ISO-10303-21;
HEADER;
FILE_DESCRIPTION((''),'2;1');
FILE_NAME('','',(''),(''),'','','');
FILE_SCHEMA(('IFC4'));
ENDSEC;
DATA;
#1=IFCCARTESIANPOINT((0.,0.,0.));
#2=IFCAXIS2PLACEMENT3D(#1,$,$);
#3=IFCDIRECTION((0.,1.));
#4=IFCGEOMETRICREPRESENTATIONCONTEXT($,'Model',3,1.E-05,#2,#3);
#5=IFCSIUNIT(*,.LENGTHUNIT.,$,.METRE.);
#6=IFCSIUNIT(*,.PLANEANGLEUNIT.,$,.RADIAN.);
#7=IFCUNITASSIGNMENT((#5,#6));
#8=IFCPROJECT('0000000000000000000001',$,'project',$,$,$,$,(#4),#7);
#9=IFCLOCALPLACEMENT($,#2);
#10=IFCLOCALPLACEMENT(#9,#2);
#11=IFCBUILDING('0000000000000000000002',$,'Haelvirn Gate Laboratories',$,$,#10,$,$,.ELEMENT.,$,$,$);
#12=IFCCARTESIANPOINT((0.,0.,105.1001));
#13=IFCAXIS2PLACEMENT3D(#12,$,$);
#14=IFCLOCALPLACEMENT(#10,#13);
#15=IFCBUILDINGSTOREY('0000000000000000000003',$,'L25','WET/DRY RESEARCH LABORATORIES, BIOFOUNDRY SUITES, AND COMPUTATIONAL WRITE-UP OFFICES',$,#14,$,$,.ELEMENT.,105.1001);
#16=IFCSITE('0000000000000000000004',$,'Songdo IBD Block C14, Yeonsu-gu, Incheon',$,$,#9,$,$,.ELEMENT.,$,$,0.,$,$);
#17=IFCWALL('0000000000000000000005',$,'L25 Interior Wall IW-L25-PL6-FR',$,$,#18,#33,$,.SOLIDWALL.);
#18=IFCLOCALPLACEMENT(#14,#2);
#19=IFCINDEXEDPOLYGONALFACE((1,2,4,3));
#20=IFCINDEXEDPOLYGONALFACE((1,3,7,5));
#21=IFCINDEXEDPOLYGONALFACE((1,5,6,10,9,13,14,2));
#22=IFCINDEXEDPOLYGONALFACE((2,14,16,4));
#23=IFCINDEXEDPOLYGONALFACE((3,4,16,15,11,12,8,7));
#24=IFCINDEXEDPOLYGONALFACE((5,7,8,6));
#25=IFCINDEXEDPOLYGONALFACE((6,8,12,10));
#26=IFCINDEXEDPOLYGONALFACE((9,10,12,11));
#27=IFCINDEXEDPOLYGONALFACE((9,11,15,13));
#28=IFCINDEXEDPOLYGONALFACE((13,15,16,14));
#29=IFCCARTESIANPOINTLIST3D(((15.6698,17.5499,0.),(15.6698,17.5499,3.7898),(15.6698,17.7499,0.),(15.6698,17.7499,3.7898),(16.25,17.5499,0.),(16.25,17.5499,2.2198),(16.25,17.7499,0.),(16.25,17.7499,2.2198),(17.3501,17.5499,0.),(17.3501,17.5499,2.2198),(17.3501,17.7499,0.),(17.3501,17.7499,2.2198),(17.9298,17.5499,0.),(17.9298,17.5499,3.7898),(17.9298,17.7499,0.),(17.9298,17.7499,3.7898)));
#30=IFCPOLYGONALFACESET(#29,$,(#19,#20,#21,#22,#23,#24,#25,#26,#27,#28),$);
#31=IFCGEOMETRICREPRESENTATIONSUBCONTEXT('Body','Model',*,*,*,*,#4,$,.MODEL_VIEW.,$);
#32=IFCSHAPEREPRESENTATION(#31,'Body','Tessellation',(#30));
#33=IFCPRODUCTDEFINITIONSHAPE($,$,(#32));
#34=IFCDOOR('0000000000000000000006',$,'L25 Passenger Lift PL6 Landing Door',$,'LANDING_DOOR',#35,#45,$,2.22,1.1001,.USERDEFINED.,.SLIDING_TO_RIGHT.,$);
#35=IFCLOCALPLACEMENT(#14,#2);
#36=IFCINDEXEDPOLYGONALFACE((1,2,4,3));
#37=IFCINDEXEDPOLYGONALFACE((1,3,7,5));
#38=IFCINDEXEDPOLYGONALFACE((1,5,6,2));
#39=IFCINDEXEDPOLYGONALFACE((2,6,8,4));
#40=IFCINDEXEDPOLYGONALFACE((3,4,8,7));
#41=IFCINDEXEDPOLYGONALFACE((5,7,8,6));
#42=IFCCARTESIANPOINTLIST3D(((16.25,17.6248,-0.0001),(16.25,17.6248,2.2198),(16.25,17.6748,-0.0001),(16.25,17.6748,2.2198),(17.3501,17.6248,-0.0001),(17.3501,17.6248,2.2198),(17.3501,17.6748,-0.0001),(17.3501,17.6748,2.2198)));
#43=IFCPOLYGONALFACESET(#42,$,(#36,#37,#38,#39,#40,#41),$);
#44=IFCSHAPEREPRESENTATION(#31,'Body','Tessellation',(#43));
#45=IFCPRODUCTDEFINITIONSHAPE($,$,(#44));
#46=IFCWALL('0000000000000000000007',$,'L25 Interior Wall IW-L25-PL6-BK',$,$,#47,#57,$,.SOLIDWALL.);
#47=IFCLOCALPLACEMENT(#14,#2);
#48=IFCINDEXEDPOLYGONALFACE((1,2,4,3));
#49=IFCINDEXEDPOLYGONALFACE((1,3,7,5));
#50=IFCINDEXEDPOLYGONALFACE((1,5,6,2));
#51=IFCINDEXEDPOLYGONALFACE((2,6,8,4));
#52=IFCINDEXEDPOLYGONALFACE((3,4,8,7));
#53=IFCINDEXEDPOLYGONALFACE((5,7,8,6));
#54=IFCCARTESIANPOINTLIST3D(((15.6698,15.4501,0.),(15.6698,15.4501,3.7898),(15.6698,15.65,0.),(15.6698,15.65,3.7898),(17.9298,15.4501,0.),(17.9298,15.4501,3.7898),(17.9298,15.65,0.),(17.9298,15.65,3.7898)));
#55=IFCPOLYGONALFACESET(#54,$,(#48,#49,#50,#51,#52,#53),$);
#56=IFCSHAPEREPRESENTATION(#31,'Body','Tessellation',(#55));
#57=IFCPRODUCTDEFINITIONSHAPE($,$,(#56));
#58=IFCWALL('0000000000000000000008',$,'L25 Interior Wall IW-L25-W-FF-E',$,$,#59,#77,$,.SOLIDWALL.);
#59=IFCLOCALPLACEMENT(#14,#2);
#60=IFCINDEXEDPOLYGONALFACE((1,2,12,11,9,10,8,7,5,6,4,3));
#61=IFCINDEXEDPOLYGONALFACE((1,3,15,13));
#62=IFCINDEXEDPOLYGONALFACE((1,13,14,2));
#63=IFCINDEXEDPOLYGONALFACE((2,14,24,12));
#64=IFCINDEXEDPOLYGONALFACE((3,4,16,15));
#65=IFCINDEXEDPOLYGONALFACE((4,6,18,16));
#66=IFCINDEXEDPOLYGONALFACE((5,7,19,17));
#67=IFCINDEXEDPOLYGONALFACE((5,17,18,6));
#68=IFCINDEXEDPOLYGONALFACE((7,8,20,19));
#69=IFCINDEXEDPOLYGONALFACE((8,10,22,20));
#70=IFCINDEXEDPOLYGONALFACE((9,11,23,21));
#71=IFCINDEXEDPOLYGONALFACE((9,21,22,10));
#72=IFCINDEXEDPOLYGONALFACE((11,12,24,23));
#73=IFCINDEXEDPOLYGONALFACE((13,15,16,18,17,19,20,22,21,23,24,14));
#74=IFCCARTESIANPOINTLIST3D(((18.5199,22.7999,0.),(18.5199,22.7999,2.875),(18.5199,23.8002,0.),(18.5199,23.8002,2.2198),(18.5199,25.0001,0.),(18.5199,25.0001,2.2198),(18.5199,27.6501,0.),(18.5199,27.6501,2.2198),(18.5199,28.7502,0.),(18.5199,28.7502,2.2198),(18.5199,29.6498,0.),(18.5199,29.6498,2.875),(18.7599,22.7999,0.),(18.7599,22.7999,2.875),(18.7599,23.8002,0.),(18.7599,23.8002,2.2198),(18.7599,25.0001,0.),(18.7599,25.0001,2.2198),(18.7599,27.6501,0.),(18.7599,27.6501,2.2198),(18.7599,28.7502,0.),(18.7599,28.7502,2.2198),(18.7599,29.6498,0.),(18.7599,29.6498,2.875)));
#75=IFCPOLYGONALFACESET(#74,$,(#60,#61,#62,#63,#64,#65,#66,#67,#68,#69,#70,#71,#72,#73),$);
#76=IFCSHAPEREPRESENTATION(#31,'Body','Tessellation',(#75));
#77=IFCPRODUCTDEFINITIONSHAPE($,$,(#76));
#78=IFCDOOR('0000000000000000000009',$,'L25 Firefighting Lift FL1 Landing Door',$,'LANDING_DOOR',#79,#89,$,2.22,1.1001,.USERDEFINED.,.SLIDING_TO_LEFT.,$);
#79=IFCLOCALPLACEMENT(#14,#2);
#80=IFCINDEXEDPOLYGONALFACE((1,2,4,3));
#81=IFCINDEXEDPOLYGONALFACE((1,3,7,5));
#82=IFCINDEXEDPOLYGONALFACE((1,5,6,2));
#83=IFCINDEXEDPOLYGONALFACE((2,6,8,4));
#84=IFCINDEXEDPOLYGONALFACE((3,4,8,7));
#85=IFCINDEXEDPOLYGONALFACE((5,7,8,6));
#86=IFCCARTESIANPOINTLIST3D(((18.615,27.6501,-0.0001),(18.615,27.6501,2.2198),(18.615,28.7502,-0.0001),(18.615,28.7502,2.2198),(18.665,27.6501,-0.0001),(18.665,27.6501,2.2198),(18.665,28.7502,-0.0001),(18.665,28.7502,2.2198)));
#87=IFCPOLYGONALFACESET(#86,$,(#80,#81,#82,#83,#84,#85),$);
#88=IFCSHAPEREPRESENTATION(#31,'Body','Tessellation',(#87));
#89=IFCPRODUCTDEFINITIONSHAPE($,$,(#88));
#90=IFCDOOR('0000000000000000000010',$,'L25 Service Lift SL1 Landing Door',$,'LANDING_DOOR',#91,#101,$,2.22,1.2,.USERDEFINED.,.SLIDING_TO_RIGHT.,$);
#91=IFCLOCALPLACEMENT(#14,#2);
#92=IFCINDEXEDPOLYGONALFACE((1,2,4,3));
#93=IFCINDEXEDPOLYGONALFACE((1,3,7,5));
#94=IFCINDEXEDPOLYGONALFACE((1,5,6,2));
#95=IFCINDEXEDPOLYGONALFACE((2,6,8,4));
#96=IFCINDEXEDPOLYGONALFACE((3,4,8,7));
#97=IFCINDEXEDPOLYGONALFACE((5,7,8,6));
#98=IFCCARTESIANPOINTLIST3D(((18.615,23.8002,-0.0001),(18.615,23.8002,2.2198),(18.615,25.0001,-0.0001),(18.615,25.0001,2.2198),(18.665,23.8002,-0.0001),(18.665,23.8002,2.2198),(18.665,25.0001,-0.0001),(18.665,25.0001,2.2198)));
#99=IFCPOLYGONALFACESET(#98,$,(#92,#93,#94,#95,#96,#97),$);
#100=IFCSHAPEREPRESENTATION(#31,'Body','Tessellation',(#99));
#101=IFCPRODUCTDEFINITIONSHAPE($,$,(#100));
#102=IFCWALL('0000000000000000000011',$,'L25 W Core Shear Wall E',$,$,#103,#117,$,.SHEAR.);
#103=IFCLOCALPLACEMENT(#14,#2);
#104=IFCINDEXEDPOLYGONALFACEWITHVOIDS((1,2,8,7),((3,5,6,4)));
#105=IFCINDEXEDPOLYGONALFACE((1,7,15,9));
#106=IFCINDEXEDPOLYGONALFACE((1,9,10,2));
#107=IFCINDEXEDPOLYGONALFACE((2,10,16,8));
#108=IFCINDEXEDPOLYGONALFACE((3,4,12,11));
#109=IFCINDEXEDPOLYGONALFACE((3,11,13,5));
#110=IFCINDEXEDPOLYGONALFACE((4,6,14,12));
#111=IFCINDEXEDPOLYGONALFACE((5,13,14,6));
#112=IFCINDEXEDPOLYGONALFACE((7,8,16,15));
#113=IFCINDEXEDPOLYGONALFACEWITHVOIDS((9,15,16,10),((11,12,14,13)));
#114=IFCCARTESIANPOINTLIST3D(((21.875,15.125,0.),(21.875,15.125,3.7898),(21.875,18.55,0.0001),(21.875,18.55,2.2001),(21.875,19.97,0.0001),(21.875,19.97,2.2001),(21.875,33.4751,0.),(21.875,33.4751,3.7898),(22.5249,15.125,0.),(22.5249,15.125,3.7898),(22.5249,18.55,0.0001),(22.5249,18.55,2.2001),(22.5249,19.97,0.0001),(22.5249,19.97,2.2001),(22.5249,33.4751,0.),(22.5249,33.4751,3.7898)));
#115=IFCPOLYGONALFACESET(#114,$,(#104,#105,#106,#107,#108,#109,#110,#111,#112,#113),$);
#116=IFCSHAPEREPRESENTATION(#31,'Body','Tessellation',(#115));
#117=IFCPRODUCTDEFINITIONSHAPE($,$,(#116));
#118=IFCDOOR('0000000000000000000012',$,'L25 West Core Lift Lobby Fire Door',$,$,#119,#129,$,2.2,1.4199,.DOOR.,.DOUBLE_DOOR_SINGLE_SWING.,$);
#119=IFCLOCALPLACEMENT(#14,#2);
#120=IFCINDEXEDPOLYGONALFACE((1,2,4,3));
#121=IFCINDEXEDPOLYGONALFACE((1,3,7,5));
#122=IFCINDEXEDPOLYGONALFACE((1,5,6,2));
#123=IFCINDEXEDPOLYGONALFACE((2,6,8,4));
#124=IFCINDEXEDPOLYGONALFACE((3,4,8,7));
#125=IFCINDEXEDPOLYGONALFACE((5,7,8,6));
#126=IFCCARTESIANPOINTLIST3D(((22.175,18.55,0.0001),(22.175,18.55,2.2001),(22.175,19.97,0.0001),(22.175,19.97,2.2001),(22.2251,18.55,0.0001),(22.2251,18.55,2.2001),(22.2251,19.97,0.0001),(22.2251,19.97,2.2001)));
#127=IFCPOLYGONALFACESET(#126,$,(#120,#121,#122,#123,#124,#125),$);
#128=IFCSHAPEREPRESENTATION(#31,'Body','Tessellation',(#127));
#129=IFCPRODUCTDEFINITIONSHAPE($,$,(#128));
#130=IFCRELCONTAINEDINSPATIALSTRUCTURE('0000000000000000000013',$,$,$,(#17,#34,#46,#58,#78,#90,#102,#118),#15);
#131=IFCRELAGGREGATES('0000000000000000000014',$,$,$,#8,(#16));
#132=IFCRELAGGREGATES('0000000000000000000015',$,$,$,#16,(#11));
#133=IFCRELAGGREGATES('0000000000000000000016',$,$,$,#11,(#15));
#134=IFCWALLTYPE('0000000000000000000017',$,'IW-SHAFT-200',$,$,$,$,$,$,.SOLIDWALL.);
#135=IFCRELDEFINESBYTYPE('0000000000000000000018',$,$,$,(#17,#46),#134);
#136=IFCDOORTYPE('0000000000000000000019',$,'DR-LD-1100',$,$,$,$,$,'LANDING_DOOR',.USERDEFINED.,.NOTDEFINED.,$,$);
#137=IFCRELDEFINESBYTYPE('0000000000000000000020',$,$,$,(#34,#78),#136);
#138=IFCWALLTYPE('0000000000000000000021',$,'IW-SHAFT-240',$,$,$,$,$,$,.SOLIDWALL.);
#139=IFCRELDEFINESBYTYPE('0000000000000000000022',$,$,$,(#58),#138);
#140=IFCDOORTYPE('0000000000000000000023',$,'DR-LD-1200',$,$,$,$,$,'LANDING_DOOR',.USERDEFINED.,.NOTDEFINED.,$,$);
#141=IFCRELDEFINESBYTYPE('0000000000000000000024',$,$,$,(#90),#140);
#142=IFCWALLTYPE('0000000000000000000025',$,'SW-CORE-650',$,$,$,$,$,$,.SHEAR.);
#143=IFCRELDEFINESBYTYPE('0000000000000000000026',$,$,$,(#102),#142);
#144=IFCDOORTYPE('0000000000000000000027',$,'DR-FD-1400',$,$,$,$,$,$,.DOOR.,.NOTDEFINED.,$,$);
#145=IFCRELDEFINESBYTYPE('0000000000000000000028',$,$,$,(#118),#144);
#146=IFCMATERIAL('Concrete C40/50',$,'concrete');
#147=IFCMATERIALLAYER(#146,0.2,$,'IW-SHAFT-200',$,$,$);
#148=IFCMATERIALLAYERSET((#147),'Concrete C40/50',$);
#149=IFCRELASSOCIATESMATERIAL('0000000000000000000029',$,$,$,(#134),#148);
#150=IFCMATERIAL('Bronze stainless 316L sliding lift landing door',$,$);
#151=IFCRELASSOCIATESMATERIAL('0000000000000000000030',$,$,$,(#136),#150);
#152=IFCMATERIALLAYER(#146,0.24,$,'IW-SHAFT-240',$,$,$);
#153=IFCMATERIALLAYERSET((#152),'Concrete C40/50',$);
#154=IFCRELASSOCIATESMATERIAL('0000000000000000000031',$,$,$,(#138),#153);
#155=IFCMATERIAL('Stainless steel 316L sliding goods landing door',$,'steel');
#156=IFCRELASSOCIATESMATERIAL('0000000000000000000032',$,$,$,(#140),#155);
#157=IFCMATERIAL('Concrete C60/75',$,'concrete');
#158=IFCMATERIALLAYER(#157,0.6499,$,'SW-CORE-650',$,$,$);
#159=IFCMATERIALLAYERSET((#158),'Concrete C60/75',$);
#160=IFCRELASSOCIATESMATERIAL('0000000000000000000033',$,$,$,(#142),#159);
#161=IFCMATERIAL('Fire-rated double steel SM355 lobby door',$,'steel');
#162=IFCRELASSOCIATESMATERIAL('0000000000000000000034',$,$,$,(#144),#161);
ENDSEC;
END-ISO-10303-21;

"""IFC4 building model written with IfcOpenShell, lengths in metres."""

from ifc_helpers import new_model, si_unit, direction, frame, frame_2d, origin, place, context, subcontext, project, spatial, rectangle, extrude, source, transform, mapped, material, layer, layer_set, type_object, type_shapes, element, fill, save


model = new_model("IFC4")

# Units and contexts
model_context = context("Model", 3, precision=1e-05, world=origin(), true_north=direction((0.0, 1.0)))
body_context = subcontext(model_context, "Body", "Model", "MODEL_VIEW")
ifc_project = project(units=[si_unit("LENGTHUNIT", "METRE"), si_unit("PLANEANGLEUNIT", "RADIAN")], contexts=[model_context])

# Site, building, storey
site_placement = place(None, origin())
site = spatial("IfcSite", under=ifc_project, at=site_placement, Name="Songdo IBD Block C14, Yeonsu-gu, Incheon", CompositionType="ELEMENT", RefElevation=0.0)
building_placement = place(site_placement, origin())
building = spatial("IfcBuilding", under=site, at=building_placement, Name="Haelvirn Gate Laboratories", CompositionType="ELEMENT")
storey_placement = place(building_placement, frame((0.0, 0.0, 105.1001)))
storey = spatial("IfcBuildingStorey", under=building, at=storey_placement, Name="L25", Description="WET/DRY RESEARCH LABORATORIES, BIOFOUNDRY SUITES, AND COMPUTATIONAL WRITE-UP OFFICES", CompositionType="ELEMENT", Elevation=105.1001)

# Shared definitions
ifc_material_1 = material(Name="Concrete C60/75", Category="concrete")

# Shared definitions
ifc_material_2 = material(Name="Concrete C40/50", Category="concrete")

# Wall, opening, door
ifc_layer_1 = layer(ifc_material_2, 0.2, Name="IW-SHAFT-200")
ifc_layer_set_1 = layer_set([ifc_layer_1], Name="Concrete C40/50")
wall_type_1 = type_object("IfcWallType", Name="IW-SHAFT-200", PredefinedType="SOLIDWALL", material=ifc_layer_set_1)
wall_1_placement = place(storey_placement, frame((15.6699, 17.6499, 0.0), z_axis=(0.0, 0.0, 1.0), x_axis=(1.0, 0.0, 0.0)))
wall_1 = element("IfcWall", 1, at=wall_1_placement, inside=storey, type_object=wall_type_1, Name="L25 Interior Wall IW-L25-PL6-FR", PredefinedType="SOLIDWALL", context=body_context, shape_type="SweptSolid", body=[
    extrude(rectangle(XDim=2.26, YDim=0.2, at=frame_2d((1.1299, 0.0))), origin(), (0.0, 0.0, 1.0), 3.7898),
])
opening_1_placement = place(wall_1_placement, frame((0.5801, 0.0, 0.0)))
opening_1 = element("IfcOpeningElement", 2, at=opening_1_placement, cuts=wall_1, PredefinedType="OPENING", context=body_context, shape_type="SweptSolid", body=[
    extrude(rectangle(XDim=1.1001, YDim=2.22, at=frame_2d((0.55, 1.1099))), frame((0.0, 0.1099, 0.0), z_axis=(0.0, -1.0, 0.0), x_axis=(1.0, 0.0, 0.0)), (0.0, 0.0, 1.0), 0.22),
])
ifc_material_3 = material(Name="Bronze stainless 316L sliding lift landing door")
door_type_1 = type_object("IfcDoorType", Name="DR-LD-1100", ElementType="LANDING_DOOR", OperationType="NOTDEFINED", PredefinedType="USERDEFINED", material=ifc_material_3)
shared_shape_1 = source(origin(), body_context, "Body", "SweptSolid", [
    extrude(rectangle(XDim=1.1001, YDim=2.22, at=frame_2d((0.55, 1.1099))), frame((0.0, 0.0249, 0.0), z_axis=(0.0, -1.0, 0.0), x_axis=(1.0, 0.0, 0.0)), (0.0, 0.0, 1.0), 0.05),
])
type_shapes(door_type_1, [shared_shape_1])
door_1_placement = place(opening_1_placement, origin())
door_1 = element("IfcDoor", 3, at=door_1_placement, inside=storey, type_object=door_type_1, Name="L25 Passenger Lift PL6 Landing Door", ObjectType="LANDING_DOOR", OperationType="SLIDING_TO_RIGHT", OverallHeight=2.22, OverallWidth=1.1001, PredefinedType="USERDEFINED", context=body_context, shape_type="MappedRepresentation", body=[
    mapped(shared_shape_1, transform((0.0, 0.0, 0.0), scale=1.0)),
])
fill(opening_1, door_1)

# Wall
wall_2_placement = place(storey_placement, frame((15.6699, 15.55, 0.0), z_axis=(0.0, 0.0, 1.0), x_axis=(1.0, 0.0, 0.0)))
element("IfcWall", 4, at=wall_2_placement, inside=storey, type_object=wall_type_1, Name="L25 Interior Wall IW-L25-PL6-BK", PredefinedType="SOLIDWALL", context=body_context, shape_type="SweptSolid", body=[
    extrude(rectangle(XDim=2.26, YDim=0.2, at=frame_2d((1.1299, 0.0))), origin(), (0.0, 0.0, 1.0), 3.7898),
])

# Wall, openings, doors
ifc_layer_2 = layer(ifc_material_2, 0.24, Name="IW-SHAFT-240")
ifc_layer_set_2 = layer_set([ifc_layer_2], Name="Concrete C40/50")
wall_type_2 = type_object("IfcWallType", Name="IW-SHAFT-240", PredefinedType="SOLIDWALL", material=ifc_layer_set_2)
wall_3_placement = place(storey_placement, frame((18.6399, 22.8, 0.0), z_axis=(0.0, 0.0, 1.0), x_axis=(0.0, 1.0, 0.0)))
wall_3 = element("IfcWall", 5, at=wall_3_placement, inside=storey, type_object=wall_type_2, Name="L25 Interior Wall IW-L25-W-FF-E", PredefinedType="SOLIDWALL", context=body_context, shape_type="SweptSolid", body=[
    extrude(rectangle(XDim=6.8499, YDim=0.24, at=frame_2d((3.4248, 0.0))), origin(), (0.0, 0.0, 1.0), 2.875),
])
opening_2_placement = place(wall_3_placement, frame((4.8501, 0.0, 0.0)))
opening_2 = element("IfcOpeningElement", 6, at=opening_2_placement, cuts=wall_3, PredefinedType="OPENING", context=body_context, shape_type="SweptSolid", body=[
    extrude(rectangle(XDim=1.1001, YDim=2.22, at=frame_2d((0.55, 1.1099))), frame((0.0, 0.1299, 0.0), z_axis=(0.0, -1.0, 0.0), x_axis=(1.0, 0.0, 0.0)), (0.0, 0.0, 1.0), 0.26),
])
opening_3_placement = place(wall_3_placement, frame((1.0, 0.0, 0.0)))
opening_3 = element("IfcOpeningElement", 7, at=opening_3_placement, cuts=wall_3, PredefinedType="OPENING", context=body_context, shape_type="SweptSolid", body=[
    extrude(rectangle(XDim=1.2, YDim=2.22, at=frame_2d((0.6001, 1.1099))), frame((0.0, 0.1299, 0.0), z_axis=(0.0, -1.0, 0.0), x_axis=(1.0, 0.0, 0.0)), (0.0, 0.0, 1.0), 0.26),
])
door_2_placement = place(opening_2_placement, origin())
door_2 = element("IfcDoor", 8, at=door_2_placement, inside=storey, type_object=door_type_1, Name="L25 Firefighting Lift FL1 Landing Door", ObjectType="LANDING_DOOR", OperationType="SLIDING_TO_LEFT", OverallHeight=2.22, OverallWidth=1.1001, PredefinedType="USERDEFINED", context=body_context, shape_type="MappedRepresentation", body=[
    mapped(shared_shape_1, transform((0.0, 0.0, 0.0), scale=1.0)),
])
fill(opening_2, door_2)
ifc_material_4 = material(Name="Stainless steel 316L sliding goods landing door", Category="steel")
door_type_2 = type_object("IfcDoorType", Name="DR-LD-1200", ElementType="LANDING_DOOR", OperationType="NOTDEFINED", PredefinedType="USERDEFINED", material=ifc_material_4)
shared_shape_2 = source(origin(), body_context, "Body", "SweptSolid", [
    extrude(rectangle(XDim=1.2, YDim=2.22, at=frame_2d((0.6001, 1.1099))), frame((0.0, 0.0249, 0.0), z_axis=(0.0, -1.0, 0.0), x_axis=(1.0, 0.0, 0.0)), (0.0, 0.0, 1.0), 0.05),
])
type_shapes(door_type_2, [shared_shape_2])
door_3_placement = place(opening_3_placement, origin())
door_3 = element("IfcDoor", 9, at=door_3_placement, inside=storey, type_object=door_type_2, Name="L25 Service Lift SL1 Landing Door", ObjectType="LANDING_DOOR", OperationType="SLIDING_TO_RIGHT", OverallHeight=2.22, OverallWidth=1.2, PredefinedType="USERDEFINED", context=body_context, shape_type="MappedRepresentation", body=[
    mapped(shared_shape_2, transform((0.0, 0.0, 0.0), scale=1.0)),
])
fill(opening_3, door_3)

# Wall, opening, door
ifc_layer_3 = layer(ifc_material_1, 0.6499, Name="SW-CORE-650")
ifc_layer_set_3 = layer_set([ifc_layer_3], Name="Concrete C60/75")
wall_type_3 = type_object("IfcWallType", Name="SW-CORE-650", PredefinedType="SHEAR", material=ifc_layer_set_3)
wall_4_placement = place(storey_placement, frame((22.2, 15.125, 0.0), z_axis=(0.0, 0.0, 1.0), x_axis=(0.0, 1.0, 0.0)))
wall_4 = element("IfcWall", 10, at=wall_4_placement, inside=storey, type_object=wall_type_3, Name="L25 W Core Shear Wall E", PredefinedType="SHEAR", context=body_context, shape_type="SweptSolid", body=[
    extrude(rectangle(XDim=18.3501, YDim=0.6499, at=frame_2d((9.175, 0.0))), origin(), (0.0, 0.0, 1.0), 3.7898),
])
opening_4_placement = place(wall_4_placement, frame((3.425, 0.0, 0.0)))
opening_4 = element("IfcOpeningElement", 11, at=opening_4_placement, cuts=wall_4, PredefinedType="OPENING", context=body_context, shape_type="SweptSolid", body=[
    extrude(rectangle(XDim=1.4199, YDim=2.2, at=frame_2d((0.71, 1.1001))), frame((0.0, 0.335, 0.0), z_axis=(0.0, -1.0, 0.0), x_axis=(1.0, 0.0, 0.0)), (0.0, 0.0, 1.0), 0.6699),
])
ifc_material_5 = material(Name="Fire-rated double steel SM355 lobby door", Category="steel")
door_type_3 = type_object("IfcDoorType", Name="DR-FD-1400", OperationType="NOTDEFINED", PredefinedType="DOOR", material=ifc_material_5)
shared_shape_3 = source(origin(), body_context, "Body", "SweptSolid", [
    extrude(rectangle(XDim=1.4199, YDim=2.2, at=frame_2d((0.71, 1.1001))), frame((0.0, 0.0249, 0.0), z_axis=(0.0, -1.0, 0.0), x_axis=(1.0, 0.0, 0.0)), (0.0, 0.0, 1.0), 0.05),
])
type_shapes(door_type_3, [shared_shape_3])
door_4_placement = place(opening_4_placement, origin())
door_4 = element("IfcDoor", 12, at=door_4_placement, inside=storey, type_object=door_type_3, Name="L25 West Core Lift Lobby Fire Door", OperationType="DOUBLE_DOOR_SINGLE_SWING", OverallHeight=2.2, OverallWidth=1.4199, PredefinedType="DOOR", context=body_context, shape_type="MappedRepresentation", body=[
    mapped(shared_shape_3, transform((0.0, 0.0, 0.0), scale=1.0)),
])
fill(opening_4, door_4)

save(model, "model.ifc")
